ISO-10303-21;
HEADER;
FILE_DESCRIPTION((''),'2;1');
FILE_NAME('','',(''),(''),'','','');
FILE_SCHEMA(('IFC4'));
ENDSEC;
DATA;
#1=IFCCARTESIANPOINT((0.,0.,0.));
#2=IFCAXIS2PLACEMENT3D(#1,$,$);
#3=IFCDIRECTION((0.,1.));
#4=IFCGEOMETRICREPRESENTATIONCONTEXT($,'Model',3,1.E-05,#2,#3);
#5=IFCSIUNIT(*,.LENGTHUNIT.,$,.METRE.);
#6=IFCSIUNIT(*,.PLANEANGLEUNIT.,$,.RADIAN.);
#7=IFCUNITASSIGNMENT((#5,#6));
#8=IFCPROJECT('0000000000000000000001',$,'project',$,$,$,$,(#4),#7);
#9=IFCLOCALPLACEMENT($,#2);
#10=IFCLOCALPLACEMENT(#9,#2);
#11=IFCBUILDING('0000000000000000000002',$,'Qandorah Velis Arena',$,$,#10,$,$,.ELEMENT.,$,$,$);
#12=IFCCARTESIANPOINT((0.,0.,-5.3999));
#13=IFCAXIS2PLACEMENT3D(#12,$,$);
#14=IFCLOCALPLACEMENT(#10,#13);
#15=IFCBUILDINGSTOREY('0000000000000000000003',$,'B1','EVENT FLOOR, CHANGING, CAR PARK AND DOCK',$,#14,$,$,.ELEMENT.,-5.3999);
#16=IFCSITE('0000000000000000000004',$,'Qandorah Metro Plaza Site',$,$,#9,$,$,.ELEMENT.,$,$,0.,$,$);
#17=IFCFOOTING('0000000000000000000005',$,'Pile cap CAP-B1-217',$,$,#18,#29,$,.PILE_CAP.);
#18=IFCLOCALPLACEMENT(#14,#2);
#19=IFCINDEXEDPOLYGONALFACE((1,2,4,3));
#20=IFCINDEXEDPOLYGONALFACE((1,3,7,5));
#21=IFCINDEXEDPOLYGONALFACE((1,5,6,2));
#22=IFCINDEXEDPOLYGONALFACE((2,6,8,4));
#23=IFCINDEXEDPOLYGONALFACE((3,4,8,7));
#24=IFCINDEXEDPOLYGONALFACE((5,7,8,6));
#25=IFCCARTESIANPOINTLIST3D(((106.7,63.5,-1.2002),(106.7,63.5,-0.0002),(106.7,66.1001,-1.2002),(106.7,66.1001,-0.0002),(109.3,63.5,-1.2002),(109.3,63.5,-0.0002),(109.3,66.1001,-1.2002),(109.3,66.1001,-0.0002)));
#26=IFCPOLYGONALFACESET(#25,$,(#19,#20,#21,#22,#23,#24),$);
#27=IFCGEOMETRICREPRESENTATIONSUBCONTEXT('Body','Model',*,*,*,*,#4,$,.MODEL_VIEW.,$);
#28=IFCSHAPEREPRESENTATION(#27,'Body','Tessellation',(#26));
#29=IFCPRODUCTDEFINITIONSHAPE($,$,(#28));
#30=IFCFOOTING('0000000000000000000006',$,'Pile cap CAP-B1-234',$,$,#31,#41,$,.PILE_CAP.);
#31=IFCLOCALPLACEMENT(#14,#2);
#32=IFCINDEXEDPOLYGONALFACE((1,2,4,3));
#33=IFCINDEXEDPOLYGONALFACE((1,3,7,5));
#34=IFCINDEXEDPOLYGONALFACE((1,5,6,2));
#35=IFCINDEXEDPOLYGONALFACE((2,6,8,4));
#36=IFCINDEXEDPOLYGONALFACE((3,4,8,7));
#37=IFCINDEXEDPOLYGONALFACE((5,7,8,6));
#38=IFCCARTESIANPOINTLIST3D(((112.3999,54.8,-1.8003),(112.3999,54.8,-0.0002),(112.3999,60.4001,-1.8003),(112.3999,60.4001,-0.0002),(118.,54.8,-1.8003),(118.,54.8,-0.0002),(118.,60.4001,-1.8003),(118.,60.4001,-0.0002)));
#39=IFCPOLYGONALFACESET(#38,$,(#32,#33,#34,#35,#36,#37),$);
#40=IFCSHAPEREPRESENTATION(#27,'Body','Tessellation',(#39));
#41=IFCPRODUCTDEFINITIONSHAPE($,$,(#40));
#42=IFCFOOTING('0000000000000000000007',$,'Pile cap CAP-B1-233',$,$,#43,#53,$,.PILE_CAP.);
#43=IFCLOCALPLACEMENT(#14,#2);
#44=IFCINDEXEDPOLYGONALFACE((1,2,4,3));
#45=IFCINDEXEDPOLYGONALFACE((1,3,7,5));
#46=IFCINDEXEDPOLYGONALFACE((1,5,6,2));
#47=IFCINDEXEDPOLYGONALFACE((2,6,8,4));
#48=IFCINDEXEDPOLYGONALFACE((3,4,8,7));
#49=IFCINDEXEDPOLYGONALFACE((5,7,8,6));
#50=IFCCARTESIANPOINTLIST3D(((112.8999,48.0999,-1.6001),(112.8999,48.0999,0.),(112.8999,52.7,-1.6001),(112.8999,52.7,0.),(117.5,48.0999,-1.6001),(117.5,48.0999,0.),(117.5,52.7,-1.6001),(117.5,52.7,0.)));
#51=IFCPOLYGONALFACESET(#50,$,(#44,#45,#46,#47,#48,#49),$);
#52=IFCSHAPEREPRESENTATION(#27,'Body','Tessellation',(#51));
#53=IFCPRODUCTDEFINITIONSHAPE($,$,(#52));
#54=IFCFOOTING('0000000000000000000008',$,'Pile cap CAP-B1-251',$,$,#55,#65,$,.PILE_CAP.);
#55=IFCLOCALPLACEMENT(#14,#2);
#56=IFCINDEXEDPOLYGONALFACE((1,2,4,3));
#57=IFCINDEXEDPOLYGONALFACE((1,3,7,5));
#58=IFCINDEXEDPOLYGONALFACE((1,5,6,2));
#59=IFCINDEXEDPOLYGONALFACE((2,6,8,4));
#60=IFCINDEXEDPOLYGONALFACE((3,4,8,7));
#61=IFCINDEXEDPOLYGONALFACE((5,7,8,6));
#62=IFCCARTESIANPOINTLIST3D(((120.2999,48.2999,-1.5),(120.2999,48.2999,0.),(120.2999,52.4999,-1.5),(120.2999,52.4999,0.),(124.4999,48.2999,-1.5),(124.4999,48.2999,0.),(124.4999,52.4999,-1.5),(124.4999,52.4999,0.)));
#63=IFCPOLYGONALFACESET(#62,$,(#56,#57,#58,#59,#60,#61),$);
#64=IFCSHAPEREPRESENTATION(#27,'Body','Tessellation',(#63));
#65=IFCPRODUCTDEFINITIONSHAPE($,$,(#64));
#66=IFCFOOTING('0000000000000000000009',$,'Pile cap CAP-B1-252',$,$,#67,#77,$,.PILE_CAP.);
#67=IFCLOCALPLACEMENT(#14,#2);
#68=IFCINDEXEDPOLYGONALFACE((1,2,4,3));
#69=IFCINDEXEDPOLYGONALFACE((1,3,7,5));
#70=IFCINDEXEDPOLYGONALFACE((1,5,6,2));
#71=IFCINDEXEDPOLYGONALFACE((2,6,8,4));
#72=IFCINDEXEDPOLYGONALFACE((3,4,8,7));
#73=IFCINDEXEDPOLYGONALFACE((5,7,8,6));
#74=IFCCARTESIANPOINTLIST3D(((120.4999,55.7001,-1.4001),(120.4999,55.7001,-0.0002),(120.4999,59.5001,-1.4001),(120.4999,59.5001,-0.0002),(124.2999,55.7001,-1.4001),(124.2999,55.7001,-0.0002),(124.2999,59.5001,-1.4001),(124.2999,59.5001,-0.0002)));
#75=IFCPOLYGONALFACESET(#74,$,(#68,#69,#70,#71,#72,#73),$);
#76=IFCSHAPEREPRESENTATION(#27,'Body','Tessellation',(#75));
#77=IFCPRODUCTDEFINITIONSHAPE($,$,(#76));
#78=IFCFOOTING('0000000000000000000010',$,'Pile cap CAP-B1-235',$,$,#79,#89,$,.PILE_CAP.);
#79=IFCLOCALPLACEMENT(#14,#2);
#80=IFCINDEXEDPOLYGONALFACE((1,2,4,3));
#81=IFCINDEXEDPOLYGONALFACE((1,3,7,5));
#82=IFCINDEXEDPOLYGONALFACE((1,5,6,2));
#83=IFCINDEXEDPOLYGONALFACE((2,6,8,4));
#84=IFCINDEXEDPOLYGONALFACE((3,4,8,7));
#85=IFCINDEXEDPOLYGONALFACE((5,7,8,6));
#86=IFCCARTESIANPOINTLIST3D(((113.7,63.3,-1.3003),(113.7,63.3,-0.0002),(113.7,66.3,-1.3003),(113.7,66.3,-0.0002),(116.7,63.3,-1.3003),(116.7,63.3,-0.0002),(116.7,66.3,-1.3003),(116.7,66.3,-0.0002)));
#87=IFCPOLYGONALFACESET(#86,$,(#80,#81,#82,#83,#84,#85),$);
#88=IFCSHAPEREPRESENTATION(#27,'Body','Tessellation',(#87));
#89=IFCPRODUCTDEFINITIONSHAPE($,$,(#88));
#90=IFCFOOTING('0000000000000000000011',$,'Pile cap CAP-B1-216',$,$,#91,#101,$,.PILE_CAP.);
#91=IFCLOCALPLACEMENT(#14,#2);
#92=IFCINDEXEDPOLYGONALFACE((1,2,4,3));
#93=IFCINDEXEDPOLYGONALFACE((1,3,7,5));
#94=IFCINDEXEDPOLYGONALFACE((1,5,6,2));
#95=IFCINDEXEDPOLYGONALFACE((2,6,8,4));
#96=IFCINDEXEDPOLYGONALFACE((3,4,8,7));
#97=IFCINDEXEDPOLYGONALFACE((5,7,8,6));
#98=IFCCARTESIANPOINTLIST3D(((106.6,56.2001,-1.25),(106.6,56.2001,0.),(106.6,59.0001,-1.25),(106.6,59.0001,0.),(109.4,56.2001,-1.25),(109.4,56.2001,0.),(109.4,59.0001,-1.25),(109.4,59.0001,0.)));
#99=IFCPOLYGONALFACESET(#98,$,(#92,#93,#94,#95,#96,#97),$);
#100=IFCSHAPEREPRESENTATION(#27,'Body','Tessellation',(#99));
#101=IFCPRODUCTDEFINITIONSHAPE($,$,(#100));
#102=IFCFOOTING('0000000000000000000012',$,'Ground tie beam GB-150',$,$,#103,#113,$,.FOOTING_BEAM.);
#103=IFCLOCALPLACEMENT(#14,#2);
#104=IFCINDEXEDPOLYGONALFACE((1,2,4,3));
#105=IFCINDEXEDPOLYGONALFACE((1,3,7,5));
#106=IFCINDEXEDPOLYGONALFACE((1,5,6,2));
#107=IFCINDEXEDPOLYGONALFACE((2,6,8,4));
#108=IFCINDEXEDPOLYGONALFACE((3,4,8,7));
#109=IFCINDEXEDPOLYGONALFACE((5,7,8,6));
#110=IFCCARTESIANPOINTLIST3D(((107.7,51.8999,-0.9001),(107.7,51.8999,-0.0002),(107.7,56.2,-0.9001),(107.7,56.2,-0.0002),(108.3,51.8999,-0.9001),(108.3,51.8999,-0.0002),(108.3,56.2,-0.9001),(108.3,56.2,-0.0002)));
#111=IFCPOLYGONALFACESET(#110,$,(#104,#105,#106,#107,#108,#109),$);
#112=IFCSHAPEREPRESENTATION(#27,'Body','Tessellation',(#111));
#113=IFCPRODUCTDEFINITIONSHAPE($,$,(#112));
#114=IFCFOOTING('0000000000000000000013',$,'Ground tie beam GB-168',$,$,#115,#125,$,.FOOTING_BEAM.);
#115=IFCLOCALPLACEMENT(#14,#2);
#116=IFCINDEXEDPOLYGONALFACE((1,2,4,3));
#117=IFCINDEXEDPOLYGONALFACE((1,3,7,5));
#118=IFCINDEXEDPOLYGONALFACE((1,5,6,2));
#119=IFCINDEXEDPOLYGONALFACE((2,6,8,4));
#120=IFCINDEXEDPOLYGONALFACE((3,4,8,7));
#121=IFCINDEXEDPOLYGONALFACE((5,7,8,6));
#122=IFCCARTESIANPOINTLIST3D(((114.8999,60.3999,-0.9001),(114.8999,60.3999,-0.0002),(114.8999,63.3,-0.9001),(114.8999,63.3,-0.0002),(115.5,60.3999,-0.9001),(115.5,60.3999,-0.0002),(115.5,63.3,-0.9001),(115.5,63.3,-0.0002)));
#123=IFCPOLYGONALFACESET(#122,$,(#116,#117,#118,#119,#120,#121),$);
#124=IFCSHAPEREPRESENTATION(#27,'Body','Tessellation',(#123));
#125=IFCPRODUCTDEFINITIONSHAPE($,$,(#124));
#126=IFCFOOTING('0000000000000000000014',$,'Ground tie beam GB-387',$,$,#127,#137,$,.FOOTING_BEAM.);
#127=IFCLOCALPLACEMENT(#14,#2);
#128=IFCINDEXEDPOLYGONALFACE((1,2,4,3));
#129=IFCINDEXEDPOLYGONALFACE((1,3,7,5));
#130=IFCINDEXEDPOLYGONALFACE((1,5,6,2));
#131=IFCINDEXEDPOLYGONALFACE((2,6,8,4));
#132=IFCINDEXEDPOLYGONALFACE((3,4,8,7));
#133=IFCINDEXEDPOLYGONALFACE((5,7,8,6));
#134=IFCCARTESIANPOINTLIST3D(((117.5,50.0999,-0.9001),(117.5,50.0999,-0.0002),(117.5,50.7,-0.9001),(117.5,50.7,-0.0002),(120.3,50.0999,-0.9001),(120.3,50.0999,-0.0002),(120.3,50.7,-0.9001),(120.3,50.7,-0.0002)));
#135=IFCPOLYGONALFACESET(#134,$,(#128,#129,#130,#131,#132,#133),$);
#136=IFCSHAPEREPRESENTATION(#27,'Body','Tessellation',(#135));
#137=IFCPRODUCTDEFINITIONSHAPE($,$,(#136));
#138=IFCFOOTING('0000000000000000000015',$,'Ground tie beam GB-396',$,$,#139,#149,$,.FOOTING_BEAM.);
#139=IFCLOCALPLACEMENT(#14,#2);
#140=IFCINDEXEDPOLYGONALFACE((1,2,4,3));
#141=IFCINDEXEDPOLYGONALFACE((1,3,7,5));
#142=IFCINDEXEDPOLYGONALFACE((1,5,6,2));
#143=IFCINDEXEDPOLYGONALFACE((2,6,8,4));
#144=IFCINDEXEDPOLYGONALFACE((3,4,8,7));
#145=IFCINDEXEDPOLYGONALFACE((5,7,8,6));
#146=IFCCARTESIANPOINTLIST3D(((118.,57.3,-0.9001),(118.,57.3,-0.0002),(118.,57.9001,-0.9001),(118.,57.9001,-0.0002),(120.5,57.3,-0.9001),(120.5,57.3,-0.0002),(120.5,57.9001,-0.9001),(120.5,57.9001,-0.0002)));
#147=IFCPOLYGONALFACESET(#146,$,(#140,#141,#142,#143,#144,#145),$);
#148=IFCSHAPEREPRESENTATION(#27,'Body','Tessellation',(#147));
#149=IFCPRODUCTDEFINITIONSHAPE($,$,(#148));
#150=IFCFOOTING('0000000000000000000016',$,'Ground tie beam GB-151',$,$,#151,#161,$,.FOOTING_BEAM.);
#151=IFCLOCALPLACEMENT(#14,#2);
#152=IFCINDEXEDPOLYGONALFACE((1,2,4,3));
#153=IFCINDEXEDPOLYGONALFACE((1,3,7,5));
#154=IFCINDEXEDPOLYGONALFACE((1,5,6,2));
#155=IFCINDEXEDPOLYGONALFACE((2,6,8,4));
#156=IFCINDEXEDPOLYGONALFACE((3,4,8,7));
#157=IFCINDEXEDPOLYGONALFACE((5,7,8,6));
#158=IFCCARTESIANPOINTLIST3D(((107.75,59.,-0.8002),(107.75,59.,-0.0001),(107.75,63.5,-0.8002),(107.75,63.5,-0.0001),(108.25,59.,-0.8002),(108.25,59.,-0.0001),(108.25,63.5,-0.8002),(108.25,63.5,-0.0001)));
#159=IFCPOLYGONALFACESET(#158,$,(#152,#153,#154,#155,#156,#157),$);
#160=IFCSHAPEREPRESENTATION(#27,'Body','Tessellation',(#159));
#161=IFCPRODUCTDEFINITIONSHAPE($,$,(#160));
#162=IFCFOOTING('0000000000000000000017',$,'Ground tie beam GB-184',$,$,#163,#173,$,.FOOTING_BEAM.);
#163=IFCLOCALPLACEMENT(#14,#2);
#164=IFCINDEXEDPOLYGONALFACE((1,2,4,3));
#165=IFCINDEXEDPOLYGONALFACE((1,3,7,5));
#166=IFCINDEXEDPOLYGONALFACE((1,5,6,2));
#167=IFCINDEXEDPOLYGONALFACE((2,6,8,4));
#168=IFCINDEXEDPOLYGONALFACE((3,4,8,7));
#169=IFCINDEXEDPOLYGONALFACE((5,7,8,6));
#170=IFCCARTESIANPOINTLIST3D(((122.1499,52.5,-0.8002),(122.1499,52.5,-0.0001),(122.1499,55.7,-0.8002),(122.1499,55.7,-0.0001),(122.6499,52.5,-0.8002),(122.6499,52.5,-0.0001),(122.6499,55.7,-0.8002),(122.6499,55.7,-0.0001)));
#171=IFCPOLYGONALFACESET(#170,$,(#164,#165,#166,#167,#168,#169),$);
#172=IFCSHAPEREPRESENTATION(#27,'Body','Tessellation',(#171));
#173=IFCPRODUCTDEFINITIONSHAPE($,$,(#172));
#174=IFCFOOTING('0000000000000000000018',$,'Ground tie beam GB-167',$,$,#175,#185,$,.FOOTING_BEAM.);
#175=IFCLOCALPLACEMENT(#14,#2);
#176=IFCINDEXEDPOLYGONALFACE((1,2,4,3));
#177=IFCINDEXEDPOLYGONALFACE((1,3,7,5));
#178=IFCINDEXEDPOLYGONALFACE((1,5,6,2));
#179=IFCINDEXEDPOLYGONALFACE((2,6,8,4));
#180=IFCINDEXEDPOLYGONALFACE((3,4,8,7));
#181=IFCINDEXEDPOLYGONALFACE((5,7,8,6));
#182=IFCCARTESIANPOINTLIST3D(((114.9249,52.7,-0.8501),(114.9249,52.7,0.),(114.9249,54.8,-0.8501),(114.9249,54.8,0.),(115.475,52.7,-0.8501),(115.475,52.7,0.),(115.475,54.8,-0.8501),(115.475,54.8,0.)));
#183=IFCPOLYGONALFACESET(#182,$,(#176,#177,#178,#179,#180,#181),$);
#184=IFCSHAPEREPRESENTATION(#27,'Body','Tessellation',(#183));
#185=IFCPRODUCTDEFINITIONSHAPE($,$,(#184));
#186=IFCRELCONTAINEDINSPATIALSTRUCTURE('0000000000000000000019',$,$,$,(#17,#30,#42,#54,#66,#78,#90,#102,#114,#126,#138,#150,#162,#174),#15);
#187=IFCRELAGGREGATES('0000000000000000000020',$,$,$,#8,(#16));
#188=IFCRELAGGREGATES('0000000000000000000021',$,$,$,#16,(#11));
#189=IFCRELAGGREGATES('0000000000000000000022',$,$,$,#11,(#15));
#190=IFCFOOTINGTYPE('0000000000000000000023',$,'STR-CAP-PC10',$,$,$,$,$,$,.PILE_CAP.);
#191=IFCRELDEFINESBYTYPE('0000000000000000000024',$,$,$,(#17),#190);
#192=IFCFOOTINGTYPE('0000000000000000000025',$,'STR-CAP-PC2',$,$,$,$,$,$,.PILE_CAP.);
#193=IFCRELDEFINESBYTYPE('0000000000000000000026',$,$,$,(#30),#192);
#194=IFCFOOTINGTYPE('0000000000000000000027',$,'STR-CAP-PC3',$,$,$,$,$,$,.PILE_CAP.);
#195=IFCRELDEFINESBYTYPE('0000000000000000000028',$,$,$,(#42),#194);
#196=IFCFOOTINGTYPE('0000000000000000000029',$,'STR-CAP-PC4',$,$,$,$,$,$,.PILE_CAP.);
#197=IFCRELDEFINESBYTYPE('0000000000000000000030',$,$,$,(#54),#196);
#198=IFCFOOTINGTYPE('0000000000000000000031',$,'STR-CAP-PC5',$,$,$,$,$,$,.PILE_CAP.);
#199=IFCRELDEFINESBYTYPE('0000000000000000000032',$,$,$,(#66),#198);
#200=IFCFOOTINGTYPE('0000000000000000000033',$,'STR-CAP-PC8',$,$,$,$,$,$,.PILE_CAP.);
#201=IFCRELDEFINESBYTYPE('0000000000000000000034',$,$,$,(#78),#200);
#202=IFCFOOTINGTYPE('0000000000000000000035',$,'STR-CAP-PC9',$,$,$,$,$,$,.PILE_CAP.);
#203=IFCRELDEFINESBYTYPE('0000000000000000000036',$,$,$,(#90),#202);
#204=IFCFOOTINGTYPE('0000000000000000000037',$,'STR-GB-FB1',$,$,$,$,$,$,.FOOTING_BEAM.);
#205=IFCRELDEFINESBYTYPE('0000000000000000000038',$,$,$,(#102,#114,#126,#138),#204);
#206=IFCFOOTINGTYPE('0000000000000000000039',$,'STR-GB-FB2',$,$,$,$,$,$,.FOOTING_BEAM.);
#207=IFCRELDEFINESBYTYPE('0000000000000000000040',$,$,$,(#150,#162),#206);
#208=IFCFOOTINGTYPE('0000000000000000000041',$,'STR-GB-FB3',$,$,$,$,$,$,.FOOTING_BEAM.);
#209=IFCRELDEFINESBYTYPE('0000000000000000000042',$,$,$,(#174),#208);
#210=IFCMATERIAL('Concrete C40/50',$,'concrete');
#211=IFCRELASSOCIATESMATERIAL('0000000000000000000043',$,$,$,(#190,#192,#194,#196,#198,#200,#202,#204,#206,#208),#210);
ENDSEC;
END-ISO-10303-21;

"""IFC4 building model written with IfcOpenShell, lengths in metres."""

from ifc_helpers import new_model, si_unit, direction, frame, origin, origin_2d, place, context, subcontext, project, spatial, rectangle, extrude, material, material_profile, profile_set, type_object, element, save


model = new_model("IFC4")

# Units and contexts
model_context = context("Model", 3, precision=1e-05, world=origin(), true_north=direction((0.0, 1.0)))
body_context = subcontext(model_context, "Body", "Model", "MODEL_VIEW")
ifc_project = project(units=[si_unit("LENGTHUNIT", "METRE"), si_unit("PLANEANGLEUNIT", "RADIAN")], contexts=[model_context])

# Site, building, storey
site_placement = place(None, origin())
site = spatial("IfcSite", under=ifc_project, at=site_placement, Name="Qandorah Metro Plaza Site", CompositionType="ELEMENT", RefElevation=0.0)
building_placement = place(site_placement, origin())
building = spatial("IfcBuilding", under=site, at=building_placement, Name="Qandorah Velis Arena", CompositionType="ELEMENT")
storey_placement = place(building_placement, frame((0.0, 0.0, -5.3999)))
storey = spatial("IfcBuildingStorey", under=building, at=storey_placement, Name="B1", Description="EVENT FLOOR, CHANGING, CAR PARK AND DOCK", CompositionType="ELEMENT", Elevation=-5.3999)

# Footings
ifc_material_1 = material(Name="Concrete C40/50", Category="concrete")
footing_type_1 = type_object("IfcFootingType", Name="STR-CAP-PC10", PredefinedType="PILE_CAP", material=ifc_material_1)
footing_1_placement = place(storey_placement, frame((108.0, 64.8, -1.2002), z_axis=(0.0, 0.0, 1.0), x_axis=(1.0, 0.0, 0.0)))
element("IfcFooting", 1, at=footing_1_placement, inside=storey, type_object=footing_type_1, Name="Pile cap CAP-B1-217", PredefinedType="PILE_CAP", context=body_context, shape_type="SweptSolid", body=[
    extrude(rectangle(XDim=2.6001, YDim=2.6001, at=origin_2d()), origin(), (0.0, 0.0, 1.0), 1.2),
])
footing_type_2 = type_object("IfcFootingType", Name="STR-CAP-PC2", PredefinedType="PILE_CAP", material=ifc_material_1)
footing_2_placement = place(storey_placement, frame((115.2, 57.6001, -1.8003), z_axis=(0.0, 0.0, 1.0), x_axis=(1.0, 0.0, 0.0)))
element("IfcFooting", 2, at=footing_2_placement, inside=storey, type_object=footing_type_2, Name="Pile cap CAP-B1-234", PredefinedType="PILE_CAP", context=body_context, shape_type="SweptSolid", body=[
    extrude(rectangle(XDim=5.6001, YDim=5.6001, at=origin_2d()), origin(), (0.0, 0.0, 1.0), 1.8),
])
footing_type_3 = type_object("IfcFootingType", Name="STR-CAP-PC3", PredefinedType="PILE_CAP", material=ifc_material_1)
footing_3_placement = place(storey_placement, frame((115.2, 50.3999, -1.6001), z_axis=(0.0, 0.0, 1.0), x_axis=(1.0, 0.0, 0.0)))
element("IfcFooting", 3, at=footing_3_placement, inside=storey, type_object=footing_type_3, Name="Pile cap CAP-B1-233", PredefinedType="PILE_CAP", context=body_context, shape_type="SweptSolid", body=[
    extrude(rectangle(XDim=4.6001, YDim=4.6001, at=origin_2d()), origin(), (0.0, 0.0, 1.0), 1.6001),
])
footing_type_4 = type_object("IfcFootingType", Name="STR-CAP-PC4", PredefinedType="PILE_CAP", material=ifc_material_1)
footing_4_placement = place(storey_placement, frame((122.3999, 50.3999, -1.5), z_axis=(0.0, 0.0, 1.0), x_axis=(1.0, 0.0, 0.0)))
element("IfcFooting", 4, at=footing_4_placement, inside=storey, type_object=footing_type_4, Name="Pile cap CAP-B1-251", PredefinedType="PILE_CAP", context=body_context, shape_type="SweptSolid", body=[
    extrude(rectangle(XDim=4.2, YDim=4.2, at=origin_2d()), origin(), (0.0, 0.0, 1.0), 1.5),
])
footing_type_5 = type_object("IfcFootingType", Name="STR-CAP-PC5", PredefinedType="PILE_CAP", material=ifc_material_1)
footing_5_placement = place(storey_placement, frame((122.3999, 57.6001, -1.4001), z_axis=(0.0, 0.0, 1.0), x_axis=(1.0, 0.0, 0.0)))
element("IfcFooting", 5, at=footing_5_placement, inside=storey, type_object=footing_type_5, Name="Pile cap CAP-B1-252", PredefinedType="PILE_CAP", context=body_context, shape_type="SweptSolid", body=[
    extrude(rectangle(XDim=3.8, YDim=3.8, at=origin_2d()), origin(), (0.0, 0.0, 1.0), 1.3999),
])
footing_type_6 = type_object("IfcFootingType", Name="STR-CAP-PC8", PredefinedType="PILE_CAP", material=ifc_material_1)
footing_6_placement = place(storey_placement, frame((115.2, 64.8, -1.3003), z_axis=(0.0, 0.0, 1.0), x_axis=(1.0, 0.0, 0.0)))
element("IfcFooting", 6, at=footing_6_placement, inside=storey, type_object=footing_type_6, Name="Pile cap CAP-B1-235", PredefinedType="PILE_CAP", context=body_context, shape_type="SweptSolid", body=[
    extrude(rectangle(XDim=3.0, YDim=3.0, at=origin_2d()), origin(), (0.0, 0.0, 1.0), 1.3),
])
footing_type_7 = type_object("IfcFootingType", Name="STR-CAP-PC9", PredefinedType="PILE_CAP", material=ifc_material_1)
footing_7_placement = place(storey_placement, frame((108.0, 57.6001, -1.25), z_axis=(0.0, 0.0, 1.0), x_axis=(1.0, 0.0, 0.0)))
element("IfcFooting", 7, at=footing_7_placement, inside=storey, type_object=footing_type_7, Name="Pile cap CAP-B1-216", PredefinedType="PILE_CAP", context=body_context, shape_type="SweptSolid", body=[
    extrude(rectangle(XDim=2.8, YDim=2.8, at=origin_2d()), origin(), (0.0, 0.0, 1.0), 1.25),
])
ifc_material_profile_1 = material_profile(ifc_material_1, rectangle(XDim=0.6001, YDim=0.8999, at=origin_2d()), Name="GB1 600x900")
ifc_profile_set_1 = profile_set([ifc_material_profile_1], Name="Concrete C40/50")
footing_type_8 = type_object("IfcFootingType", Name="STR-GB-FB1", PredefinedType="FOOTING_BEAM", material=ifc_profile_set_1)
footing_8_placement = place(storey_placement, frame((108.0, 51.8999, -0.4502), z_axis=(0.0, 1.0, 0.0), x_axis=(-1.0, 0.0, 0.0)))
element("IfcFooting", 8, at=footing_8_placement, inside=storey, type_object=footing_type_8, Name="Ground tie beam GB-150", PredefinedType="FOOTING_BEAM", context=body_context, shape_type="SweptSolid", body=[
    extrude(rectangle(XDim=0.6001, YDim=0.8999, at=origin_2d()), origin(), (0.0, 0.0, 1.0), 4.3),
])
footing_9_placement = place(storey_placement, frame((115.2, 60.3999, -0.4502), z_axis=(0.0, 1.0, 0.0), x_axis=(-1.0, 0.0, 0.0)))
element("IfcFooting", 9, at=footing_9_placement, inside=storey, type_object=footing_type_8, Name="Ground tie beam GB-168", PredefinedType="FOOTING_BEAM", context=body_context, shape_type="SweptSolid", body=[
    extrude(rectangle(XDim=0.6001, YDim=0.8999, at=origin_2d()), origin(), (0.0, 0.0, 1.0), 2.9001),
])
footing_10_placement = place(storey_placement, frame((117.5, 50.3999, -0.4502), z_axis=(1.0, 0.0, 0.0), x_axis=(0.0, 1.0, 0.0)))
element("IfcFooting", 10, at=footing_10_placement, inside=storey, type_object=footing_type_8, Name="Ground tie beam GB-387", PredefinedType="FOOTING_BEAM", context=body_context, shape_type="SweptSolid", body=[
    extrude(rectangle(XDim=0.6001, YDim=0.8999, at=origin_2d()), origin(), (0.0, 0.0, 1.0), 2.8),
])
footing_11_placement = place(storey_placement, frame((118.0, 57.6001, -0.4502), z_axis=(1.0, 0.0, 0.0), x_axis=(0.0, 1.0, 0.0)))
element("IfcFooting", 11, at=footing_11_placement, inside=storey, type_object=footing_type_8, Name="Ground tie beam GB-396", PredefinedType="FOOTING_BEAM", context=body_context, shape_type="SweptSolid", body=[
    extrude(rectangle(XDim=0.6001, YDim=0.8999, at=origin_2d()), origin(), (0.0, 0.0, 1.0), 2.5),
])
ifc_material_profile_2 = material_profile(ifc_material_1, rectangle(XDim=0.5, YDim=0.8, at=origin_2d()), Name="GB2 500x800")
ifc_profile_set_2 = profile_set([ifc_material_profile_2], Name="Concrete C40/50")
footing_type_9 = type_object("IfcFootingType", Name="STR-GB-FB2", PredefinedType="FOOTING_BEAM", material=ifc_profile_set_2)
footing_12_placement = place(storey_placement, frame((108.0, 59.0, -0.4001), z_axis=(0.0, 1.0, 0.0), x_axis=(-1.0, 0.0, 0.0)))
element("IfcFooting", 12, at=footing_12_placement, inside=storey, type_object=footing_type_9, Name="Ground tie beam GB-151", PredefinedType="FOOTING_BEAM", context=body_context, shape_type="SweptSolid", body=[
    extrude(rectangle(XDim=0.5, YDim=0.8, at=origin_2d()), origin(), (0.0, 0.0, 1.0), 4.5),
])
footing_13_placement = place(storey_placement, frame((122.3999, 52.5, -0.4001), z_axis=(0.0, 1.0, 0.0), x_axis=(-1.0, 0.0, 0.0)))
element("IfcFooting", 13, at=footing_13_placement, inside=storey, type_object=footing_type_9, Name="Ground tie beam GB-184", PredefinedType="FOOTING_BEAM", context=body_context, shape_type="SweptSolid", body=[
    extrude(rectangle(XDim=0.5, YDim=0.8, at=origin_2d()), origin(), (0.0, 0.0, 1.0), 3.2),
])
ifc_material_profile_3 = material_profile(ifc_material_1, rectangle(XDim=0.55, YDim=0.8501, at=origin_2d()), Name="GB3 550x850")
ifc_profile_set_3 = profile_set([ifc_material_profile_3], Name="Concrete C40/50")
footing_type_10 = type_object("IfcFootingType", Name="STR-GB-FB3", PredefinedType="FOOTING_BEAM", material=ifc_profile_set_3)
footing_14_placement = place(storey_placement, frame((115.2, 52.7, -0.425), z_axis=(0.0, 1.0, 0.0), x_axis=(-1.0, 0.0, 0.0)))
element("IfcFooting", 14, at=footing_14_placement, inside=storey, type_object=footing_type_10, Name="Ground tie beam GB-167", PredefinedType="FOOTING_BEAM", context=body_context, shape_type="SweptSolid", body=[
    extrude(rectangle(XDim=0.55, YDim=0.8501, at=origin_2d()), origin(), (0.0, 0.0, 1.0), 2.1001),
])

save(model, "model.ifc")
